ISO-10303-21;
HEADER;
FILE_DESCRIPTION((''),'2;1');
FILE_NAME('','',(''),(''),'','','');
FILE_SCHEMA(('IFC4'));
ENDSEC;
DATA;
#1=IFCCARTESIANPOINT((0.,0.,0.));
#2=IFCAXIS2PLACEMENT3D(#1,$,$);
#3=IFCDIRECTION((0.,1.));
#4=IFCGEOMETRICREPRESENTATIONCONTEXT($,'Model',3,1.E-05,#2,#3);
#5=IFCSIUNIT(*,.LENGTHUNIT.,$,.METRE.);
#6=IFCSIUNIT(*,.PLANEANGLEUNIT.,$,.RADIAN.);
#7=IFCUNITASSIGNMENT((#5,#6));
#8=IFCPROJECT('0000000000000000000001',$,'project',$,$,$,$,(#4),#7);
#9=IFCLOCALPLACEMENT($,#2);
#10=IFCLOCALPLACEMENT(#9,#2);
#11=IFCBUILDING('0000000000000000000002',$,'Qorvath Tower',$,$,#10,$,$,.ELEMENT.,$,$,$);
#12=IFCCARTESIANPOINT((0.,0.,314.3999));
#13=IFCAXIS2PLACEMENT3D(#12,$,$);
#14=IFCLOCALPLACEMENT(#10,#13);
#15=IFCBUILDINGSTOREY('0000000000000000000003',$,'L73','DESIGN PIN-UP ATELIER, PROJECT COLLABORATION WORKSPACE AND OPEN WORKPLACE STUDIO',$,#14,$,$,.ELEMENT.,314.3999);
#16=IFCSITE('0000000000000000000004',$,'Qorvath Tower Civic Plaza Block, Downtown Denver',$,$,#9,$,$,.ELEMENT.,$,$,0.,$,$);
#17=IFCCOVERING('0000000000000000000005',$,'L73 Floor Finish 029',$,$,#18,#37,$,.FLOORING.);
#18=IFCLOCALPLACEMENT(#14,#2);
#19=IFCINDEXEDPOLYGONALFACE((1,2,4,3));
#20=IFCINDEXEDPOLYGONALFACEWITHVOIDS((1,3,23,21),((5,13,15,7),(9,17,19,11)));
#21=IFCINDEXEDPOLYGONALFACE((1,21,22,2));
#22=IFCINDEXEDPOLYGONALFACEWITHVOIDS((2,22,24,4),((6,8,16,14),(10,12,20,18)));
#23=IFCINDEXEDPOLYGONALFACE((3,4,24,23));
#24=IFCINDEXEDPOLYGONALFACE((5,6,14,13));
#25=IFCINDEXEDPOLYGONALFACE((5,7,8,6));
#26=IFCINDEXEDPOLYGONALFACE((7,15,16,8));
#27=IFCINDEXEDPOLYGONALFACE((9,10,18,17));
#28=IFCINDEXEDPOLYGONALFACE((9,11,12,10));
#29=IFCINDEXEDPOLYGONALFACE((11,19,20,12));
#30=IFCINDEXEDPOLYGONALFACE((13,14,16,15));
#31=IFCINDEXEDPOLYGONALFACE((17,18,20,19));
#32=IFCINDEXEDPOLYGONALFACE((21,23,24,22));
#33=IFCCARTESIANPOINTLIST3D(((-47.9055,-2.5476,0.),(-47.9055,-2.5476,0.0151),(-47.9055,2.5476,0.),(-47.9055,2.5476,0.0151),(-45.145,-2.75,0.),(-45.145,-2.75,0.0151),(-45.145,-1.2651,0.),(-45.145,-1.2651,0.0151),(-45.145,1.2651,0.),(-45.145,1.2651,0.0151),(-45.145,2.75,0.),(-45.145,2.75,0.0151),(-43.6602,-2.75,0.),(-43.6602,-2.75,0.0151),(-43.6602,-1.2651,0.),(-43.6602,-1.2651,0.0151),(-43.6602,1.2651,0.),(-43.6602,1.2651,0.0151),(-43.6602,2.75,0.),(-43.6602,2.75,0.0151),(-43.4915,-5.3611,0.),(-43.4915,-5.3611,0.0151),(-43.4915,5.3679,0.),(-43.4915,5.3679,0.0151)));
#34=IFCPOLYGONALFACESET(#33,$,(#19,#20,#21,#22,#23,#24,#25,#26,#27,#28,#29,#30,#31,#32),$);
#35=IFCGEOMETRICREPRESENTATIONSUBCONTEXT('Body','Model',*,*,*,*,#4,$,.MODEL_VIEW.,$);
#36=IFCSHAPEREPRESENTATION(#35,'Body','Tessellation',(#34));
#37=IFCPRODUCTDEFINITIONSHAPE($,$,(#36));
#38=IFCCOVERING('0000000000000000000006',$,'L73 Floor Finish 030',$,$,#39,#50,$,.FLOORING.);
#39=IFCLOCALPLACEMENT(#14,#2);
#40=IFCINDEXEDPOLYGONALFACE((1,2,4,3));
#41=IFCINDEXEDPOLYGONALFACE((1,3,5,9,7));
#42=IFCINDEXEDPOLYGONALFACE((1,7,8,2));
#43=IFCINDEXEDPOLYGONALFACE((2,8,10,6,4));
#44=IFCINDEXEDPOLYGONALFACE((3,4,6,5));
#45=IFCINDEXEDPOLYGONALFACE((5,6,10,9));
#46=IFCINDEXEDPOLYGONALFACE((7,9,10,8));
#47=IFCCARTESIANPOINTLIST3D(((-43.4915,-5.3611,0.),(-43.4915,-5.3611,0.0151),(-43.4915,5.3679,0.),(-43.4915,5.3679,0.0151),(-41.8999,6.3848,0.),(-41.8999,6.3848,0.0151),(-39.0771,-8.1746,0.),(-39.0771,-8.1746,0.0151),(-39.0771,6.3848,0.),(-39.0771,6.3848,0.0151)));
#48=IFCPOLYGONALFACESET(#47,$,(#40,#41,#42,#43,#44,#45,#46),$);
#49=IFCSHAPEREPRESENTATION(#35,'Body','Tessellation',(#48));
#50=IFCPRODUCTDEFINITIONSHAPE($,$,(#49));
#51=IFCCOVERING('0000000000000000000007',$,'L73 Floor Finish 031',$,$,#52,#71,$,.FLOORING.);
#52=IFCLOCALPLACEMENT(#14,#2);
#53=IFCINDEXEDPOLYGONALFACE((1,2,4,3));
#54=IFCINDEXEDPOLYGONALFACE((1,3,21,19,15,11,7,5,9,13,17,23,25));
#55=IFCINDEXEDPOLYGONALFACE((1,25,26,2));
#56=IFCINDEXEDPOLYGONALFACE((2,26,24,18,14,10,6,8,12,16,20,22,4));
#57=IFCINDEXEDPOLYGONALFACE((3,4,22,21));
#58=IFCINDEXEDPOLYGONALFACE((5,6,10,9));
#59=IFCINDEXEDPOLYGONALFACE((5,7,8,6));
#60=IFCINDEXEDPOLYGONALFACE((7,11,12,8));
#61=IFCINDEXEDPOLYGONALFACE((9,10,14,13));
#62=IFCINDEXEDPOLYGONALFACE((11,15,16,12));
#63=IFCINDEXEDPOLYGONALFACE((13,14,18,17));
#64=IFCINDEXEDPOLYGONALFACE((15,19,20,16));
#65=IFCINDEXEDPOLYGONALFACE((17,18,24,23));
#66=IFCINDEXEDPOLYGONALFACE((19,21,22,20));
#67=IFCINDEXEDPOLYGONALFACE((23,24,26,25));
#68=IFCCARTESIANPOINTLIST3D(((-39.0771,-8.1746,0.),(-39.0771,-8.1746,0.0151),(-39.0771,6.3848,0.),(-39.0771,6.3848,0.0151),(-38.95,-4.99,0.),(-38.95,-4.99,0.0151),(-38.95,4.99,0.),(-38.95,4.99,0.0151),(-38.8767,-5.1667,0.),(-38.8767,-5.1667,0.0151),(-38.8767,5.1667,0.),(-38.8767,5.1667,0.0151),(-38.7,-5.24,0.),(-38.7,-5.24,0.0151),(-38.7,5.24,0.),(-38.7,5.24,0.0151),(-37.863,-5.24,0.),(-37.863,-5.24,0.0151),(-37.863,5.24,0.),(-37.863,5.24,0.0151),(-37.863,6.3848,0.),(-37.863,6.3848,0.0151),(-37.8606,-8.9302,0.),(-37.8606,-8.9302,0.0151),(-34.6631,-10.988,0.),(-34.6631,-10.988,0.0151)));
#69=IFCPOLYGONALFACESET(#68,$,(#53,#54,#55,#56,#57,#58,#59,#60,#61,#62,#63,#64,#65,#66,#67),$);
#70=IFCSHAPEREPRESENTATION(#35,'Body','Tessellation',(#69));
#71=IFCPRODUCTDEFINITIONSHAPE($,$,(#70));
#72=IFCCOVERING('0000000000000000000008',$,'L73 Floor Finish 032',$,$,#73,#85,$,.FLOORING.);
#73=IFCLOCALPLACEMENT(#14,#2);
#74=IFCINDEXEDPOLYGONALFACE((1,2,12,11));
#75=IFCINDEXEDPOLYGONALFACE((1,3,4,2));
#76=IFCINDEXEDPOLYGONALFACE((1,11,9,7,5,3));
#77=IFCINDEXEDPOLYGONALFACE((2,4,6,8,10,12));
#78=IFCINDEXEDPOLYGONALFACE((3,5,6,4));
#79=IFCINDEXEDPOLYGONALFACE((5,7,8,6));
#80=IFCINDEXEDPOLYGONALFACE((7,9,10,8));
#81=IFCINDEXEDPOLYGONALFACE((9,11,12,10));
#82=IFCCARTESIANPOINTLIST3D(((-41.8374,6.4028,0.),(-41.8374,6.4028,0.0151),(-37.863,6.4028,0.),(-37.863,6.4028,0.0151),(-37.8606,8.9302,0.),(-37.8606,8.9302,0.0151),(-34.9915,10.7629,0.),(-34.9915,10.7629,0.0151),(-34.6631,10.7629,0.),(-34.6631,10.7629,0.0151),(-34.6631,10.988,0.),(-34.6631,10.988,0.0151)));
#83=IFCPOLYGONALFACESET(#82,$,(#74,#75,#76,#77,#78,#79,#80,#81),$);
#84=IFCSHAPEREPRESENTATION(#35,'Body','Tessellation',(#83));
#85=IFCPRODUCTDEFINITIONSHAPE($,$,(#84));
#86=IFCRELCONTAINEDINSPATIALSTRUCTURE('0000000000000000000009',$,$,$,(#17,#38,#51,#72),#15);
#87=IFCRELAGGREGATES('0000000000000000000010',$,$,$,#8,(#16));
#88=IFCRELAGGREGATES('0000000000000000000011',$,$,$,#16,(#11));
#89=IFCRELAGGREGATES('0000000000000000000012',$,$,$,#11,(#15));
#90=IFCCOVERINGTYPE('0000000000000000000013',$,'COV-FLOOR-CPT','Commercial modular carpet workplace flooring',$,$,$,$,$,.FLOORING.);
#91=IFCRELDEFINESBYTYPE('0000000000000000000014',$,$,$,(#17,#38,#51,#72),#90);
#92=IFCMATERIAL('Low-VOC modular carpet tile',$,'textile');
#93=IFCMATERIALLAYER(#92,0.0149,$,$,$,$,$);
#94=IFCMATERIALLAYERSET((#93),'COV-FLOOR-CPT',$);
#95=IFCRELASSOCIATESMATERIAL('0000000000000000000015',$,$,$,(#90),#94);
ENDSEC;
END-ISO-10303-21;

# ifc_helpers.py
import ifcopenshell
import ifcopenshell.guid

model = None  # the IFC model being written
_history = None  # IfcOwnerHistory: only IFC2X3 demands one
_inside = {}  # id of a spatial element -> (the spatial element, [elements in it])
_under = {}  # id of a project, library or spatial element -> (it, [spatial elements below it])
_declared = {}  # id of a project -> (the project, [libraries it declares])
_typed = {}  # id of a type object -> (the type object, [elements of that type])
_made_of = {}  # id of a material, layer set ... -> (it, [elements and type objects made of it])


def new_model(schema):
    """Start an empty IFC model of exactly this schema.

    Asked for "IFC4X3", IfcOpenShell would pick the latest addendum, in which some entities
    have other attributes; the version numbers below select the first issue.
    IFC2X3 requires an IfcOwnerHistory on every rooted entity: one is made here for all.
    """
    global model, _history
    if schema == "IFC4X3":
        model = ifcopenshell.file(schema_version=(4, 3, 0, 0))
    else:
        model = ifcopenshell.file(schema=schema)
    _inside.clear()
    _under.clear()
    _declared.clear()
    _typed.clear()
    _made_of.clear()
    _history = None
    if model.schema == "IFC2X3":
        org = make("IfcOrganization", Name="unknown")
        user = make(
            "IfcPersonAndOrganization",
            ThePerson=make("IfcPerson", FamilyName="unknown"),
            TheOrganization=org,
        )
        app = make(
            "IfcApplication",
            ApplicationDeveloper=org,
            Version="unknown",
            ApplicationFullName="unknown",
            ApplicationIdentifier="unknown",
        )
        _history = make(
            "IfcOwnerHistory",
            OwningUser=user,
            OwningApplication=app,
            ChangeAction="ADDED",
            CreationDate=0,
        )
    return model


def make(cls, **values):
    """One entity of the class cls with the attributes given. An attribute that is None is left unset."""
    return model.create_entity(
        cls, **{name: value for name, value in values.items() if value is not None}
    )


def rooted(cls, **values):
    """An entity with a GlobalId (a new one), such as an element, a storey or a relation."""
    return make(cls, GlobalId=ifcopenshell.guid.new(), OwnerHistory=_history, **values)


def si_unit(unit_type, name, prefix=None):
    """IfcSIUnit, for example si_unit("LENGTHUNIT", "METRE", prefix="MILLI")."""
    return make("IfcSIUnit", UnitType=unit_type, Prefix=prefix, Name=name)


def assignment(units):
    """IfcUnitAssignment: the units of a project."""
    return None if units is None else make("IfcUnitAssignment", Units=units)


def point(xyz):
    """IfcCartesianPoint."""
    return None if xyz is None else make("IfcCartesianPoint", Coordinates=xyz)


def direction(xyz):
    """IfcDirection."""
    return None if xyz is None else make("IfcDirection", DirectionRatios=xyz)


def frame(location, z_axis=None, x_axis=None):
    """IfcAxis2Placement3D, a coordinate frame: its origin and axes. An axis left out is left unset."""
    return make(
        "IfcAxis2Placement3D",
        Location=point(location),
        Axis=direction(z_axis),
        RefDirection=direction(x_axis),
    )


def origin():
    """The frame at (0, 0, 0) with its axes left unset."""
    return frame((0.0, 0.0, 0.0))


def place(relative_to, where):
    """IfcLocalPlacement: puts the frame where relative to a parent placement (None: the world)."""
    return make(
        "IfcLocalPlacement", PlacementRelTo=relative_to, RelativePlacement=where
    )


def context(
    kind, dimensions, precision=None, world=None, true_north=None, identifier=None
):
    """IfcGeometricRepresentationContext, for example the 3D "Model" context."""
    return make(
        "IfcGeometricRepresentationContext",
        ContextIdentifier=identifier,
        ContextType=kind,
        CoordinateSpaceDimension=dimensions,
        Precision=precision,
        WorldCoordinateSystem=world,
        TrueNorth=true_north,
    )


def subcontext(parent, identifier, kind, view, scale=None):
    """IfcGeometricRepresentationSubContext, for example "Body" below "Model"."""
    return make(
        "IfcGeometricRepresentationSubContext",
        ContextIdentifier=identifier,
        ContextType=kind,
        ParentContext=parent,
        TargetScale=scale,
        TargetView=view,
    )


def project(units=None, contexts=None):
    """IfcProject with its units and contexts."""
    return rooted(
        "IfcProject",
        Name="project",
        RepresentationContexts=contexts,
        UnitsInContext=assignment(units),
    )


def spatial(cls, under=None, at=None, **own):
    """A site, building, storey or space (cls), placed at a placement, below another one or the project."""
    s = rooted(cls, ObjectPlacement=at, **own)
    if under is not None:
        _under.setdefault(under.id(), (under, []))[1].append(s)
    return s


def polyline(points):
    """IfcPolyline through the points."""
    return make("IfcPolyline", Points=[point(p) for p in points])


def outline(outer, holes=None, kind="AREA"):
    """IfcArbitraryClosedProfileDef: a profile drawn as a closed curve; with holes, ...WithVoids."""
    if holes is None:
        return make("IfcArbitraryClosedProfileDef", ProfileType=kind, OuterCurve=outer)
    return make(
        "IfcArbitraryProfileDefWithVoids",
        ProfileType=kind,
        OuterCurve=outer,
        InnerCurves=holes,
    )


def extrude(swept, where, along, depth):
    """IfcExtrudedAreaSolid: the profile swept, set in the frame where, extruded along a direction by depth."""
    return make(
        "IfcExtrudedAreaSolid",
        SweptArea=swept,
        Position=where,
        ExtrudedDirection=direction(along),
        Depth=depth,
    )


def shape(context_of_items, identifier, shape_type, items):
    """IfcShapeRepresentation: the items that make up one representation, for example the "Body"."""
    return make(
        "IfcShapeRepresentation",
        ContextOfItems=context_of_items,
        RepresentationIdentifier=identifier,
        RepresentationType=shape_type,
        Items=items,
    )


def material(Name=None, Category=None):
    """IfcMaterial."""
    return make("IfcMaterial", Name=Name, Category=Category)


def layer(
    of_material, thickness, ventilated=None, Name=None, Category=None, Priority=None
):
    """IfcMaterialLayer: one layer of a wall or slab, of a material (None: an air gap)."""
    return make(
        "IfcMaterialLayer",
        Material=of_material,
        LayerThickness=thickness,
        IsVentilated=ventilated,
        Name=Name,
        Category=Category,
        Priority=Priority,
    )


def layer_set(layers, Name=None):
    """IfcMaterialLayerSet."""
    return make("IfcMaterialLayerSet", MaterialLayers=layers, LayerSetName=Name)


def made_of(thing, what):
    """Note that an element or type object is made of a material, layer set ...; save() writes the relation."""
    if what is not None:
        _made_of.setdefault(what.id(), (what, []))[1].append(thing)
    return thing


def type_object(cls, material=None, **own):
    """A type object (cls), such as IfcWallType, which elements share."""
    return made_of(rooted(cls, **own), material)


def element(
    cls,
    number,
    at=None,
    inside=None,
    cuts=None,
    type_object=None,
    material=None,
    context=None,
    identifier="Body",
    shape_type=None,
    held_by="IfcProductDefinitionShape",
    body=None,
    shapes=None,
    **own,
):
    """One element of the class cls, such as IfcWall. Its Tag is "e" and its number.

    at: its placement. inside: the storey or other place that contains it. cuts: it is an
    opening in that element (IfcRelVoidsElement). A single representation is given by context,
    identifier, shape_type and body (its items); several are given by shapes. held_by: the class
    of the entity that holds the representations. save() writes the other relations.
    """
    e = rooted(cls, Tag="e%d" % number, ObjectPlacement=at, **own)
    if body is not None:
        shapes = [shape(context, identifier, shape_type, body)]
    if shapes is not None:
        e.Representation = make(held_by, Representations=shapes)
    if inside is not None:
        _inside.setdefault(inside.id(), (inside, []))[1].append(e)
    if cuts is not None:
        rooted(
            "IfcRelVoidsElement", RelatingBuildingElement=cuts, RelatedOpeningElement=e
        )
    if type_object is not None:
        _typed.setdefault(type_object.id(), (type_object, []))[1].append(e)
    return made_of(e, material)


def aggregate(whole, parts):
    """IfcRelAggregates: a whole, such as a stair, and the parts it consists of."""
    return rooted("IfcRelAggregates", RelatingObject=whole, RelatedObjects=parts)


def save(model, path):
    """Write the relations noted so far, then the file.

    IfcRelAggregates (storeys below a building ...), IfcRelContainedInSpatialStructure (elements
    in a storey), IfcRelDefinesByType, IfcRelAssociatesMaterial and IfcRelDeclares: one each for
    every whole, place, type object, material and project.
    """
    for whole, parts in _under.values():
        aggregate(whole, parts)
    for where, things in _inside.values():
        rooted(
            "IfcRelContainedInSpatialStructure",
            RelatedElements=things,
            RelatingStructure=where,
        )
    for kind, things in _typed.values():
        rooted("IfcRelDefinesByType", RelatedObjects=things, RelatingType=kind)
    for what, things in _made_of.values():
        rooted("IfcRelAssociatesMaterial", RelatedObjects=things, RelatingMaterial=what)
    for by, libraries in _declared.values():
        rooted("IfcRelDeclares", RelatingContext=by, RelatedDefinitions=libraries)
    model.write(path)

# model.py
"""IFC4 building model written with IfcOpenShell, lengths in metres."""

from ifc_helpers import new_model, si_unit, direction, frame, origin, place, context, subcontext, project, spatial, polyline, outline, extrude, material, layer, layer_set, type_object, element, save


model = new_model("IFC4")

# Units and contexts
model_context = context("Model", 3, precision=1e-05, world=origin(), true_north=direction((0.0, 1.0)))
body_context = subcontext(model_context, "Body", "Model", "MODEL_VIEW")
ifc_project = project(units=[si_unit("LENGTHUNIT", "METRE"), si_unit("PLANEANGLEUNIT", "RADIAN")], contexts=[model_context])

# Site, building, storey
site_placement = place(None, origin())
site = spatial("IfcSite", under=ifc_project, at=site_placement, Name="Qorvath Tower Civic Plaza Block, Downtown Denver", CompositionType="ELEMENT", RefElevation=0.0)
building_placement = place(site_placement, origin())
building = spatial("IfcBuilding", under=site, at=building_placement, Name="Qorvath Tower", CompositionType="ELEMENT")
storey_placement = place(building_placement, frame((0.0, 0.0, 314.3999)))
storey = spatial("IfcBuildingStorey", under=building, at=storey_placement, Name="L73", Description="DESIGN PIN-UP ATELIER, PROJECT COLLABORATION WORKSPACE AND OPEN WORKPLACE STUDIO", CompositionType="ELEMENT", Elevation=314.3999)

# Coverings
ifc_material_1 = material(Name="Low-VOC modular carpet tile", Category="textile")
ifc_layer_1 = layer(ifc_material_1, 0.0149)
ifc_layer_set_1 = layer_set([ifc_layer_1], Name="COV-FLOOR-CPT")
covering_type_1 = type_object("IfcCoveringType", Name="COV-FLOOR-CPT", Description="Commercial modular carpet workplace flooring", PredefinedType="FLOORING", material=ifc_layer_set_1)
covering_1_placement = place(storey_placement, origin())
element("IfcCovering", 1, at=covering_1_placement, inside=storey, type_object=covering_type_1, Name="L73 Floor Finish 029", PredefinedType="FLOORING", context=body_context, shape_type="SweptSolid", body=[
    extrude(outline(polyline([(-47.9055, 2.5476), (-47.9055, -2.5476), (-43.4915, -5.3611), (-43.4915, 5.3679), (-47.9055, 2.5476)]), holes=[polyline([(-45.145, -2.75), (-45.145, -1.2651), (-43.6602, -1.2651), (-43.6602, -2.75), (-45.145, -2.75)]), polyline([(-45.145, 1.2651), (-45.145, 2.75), (-43.6602, 2.75), (-43.6602, 1.2651), (-45.145, 1.2651)])]), origin(), (0.0, 0.0, 1.0), 0.0151),
])
covering_2_placement = place(storey_placement, origin())
element("IfcCovering", 2, at=covering_2_placement, inside=storey, type_object=covering_type_1, Name="L73 Floor Finish 030", PredefinedType="FLOORING", context=body_context, shape_type="SweptSolid", body=[
    extrude(outline(polyline([(-43.4915, 5.3679), (-43.4915, -5.3611), (-39.0771, -8.1746), (-39.0771, 6.3848), (-41.8999, 6.3848), (-43.4915, 5.3679)])), origin(), (0.0, 0.0, 1.0), 0.0151),
])
covering_3_placement = place(storey_placement, origin())
element("IfcCovering", 3, at=covering_3_placement, inside=storey, type_object=covering_type_1, Name="L73 Floor Finish 031", PredefinedType="FLOORING", context=body_context, shape_type="SweptSolid", body=[
    extrude(outline(polyline([(-39.0771, 6.3848), (-39.0771, -8.1746), (-34.6631, -10.988), (-37.8606, -8.9302), (-37.863, -5.24), (-38.7, -5.24), (-38.8767, -5.1667), (-38.95, -4.99), (-38.95, 4.99), (-38.8767, 5.1667), (-38.7, 5.24), (-37.863, 5.24), (-37.863, 6.3848), (-39.0771, 6.3848)])), origin(), (0.0, 0.0, 1.0), 0.0151),
])
covering_4_placement = place(storey_placement, origin())
element("IfcCovering", 4, at=covering_4_placement, inside=storey, type_object=covering_type_1, Name="L73 Floor Finish 032", PredefinedType="FLOORING", context=body_context, shape_type="SweptSolid", body=[
    extrude(outline(polyline([(-34.6631, 10.7629), (-34.6631, 10.988), (-41.8374, 6.4028), (-37.863, 6.4028), (-37.8606, 8.9302), (-34.9915, 10.7629), (-34.6631, 10.7629)])), origin(), (0.0, 0.0, 1.0), 0.0151),
])

save(model, "model.ifc")
